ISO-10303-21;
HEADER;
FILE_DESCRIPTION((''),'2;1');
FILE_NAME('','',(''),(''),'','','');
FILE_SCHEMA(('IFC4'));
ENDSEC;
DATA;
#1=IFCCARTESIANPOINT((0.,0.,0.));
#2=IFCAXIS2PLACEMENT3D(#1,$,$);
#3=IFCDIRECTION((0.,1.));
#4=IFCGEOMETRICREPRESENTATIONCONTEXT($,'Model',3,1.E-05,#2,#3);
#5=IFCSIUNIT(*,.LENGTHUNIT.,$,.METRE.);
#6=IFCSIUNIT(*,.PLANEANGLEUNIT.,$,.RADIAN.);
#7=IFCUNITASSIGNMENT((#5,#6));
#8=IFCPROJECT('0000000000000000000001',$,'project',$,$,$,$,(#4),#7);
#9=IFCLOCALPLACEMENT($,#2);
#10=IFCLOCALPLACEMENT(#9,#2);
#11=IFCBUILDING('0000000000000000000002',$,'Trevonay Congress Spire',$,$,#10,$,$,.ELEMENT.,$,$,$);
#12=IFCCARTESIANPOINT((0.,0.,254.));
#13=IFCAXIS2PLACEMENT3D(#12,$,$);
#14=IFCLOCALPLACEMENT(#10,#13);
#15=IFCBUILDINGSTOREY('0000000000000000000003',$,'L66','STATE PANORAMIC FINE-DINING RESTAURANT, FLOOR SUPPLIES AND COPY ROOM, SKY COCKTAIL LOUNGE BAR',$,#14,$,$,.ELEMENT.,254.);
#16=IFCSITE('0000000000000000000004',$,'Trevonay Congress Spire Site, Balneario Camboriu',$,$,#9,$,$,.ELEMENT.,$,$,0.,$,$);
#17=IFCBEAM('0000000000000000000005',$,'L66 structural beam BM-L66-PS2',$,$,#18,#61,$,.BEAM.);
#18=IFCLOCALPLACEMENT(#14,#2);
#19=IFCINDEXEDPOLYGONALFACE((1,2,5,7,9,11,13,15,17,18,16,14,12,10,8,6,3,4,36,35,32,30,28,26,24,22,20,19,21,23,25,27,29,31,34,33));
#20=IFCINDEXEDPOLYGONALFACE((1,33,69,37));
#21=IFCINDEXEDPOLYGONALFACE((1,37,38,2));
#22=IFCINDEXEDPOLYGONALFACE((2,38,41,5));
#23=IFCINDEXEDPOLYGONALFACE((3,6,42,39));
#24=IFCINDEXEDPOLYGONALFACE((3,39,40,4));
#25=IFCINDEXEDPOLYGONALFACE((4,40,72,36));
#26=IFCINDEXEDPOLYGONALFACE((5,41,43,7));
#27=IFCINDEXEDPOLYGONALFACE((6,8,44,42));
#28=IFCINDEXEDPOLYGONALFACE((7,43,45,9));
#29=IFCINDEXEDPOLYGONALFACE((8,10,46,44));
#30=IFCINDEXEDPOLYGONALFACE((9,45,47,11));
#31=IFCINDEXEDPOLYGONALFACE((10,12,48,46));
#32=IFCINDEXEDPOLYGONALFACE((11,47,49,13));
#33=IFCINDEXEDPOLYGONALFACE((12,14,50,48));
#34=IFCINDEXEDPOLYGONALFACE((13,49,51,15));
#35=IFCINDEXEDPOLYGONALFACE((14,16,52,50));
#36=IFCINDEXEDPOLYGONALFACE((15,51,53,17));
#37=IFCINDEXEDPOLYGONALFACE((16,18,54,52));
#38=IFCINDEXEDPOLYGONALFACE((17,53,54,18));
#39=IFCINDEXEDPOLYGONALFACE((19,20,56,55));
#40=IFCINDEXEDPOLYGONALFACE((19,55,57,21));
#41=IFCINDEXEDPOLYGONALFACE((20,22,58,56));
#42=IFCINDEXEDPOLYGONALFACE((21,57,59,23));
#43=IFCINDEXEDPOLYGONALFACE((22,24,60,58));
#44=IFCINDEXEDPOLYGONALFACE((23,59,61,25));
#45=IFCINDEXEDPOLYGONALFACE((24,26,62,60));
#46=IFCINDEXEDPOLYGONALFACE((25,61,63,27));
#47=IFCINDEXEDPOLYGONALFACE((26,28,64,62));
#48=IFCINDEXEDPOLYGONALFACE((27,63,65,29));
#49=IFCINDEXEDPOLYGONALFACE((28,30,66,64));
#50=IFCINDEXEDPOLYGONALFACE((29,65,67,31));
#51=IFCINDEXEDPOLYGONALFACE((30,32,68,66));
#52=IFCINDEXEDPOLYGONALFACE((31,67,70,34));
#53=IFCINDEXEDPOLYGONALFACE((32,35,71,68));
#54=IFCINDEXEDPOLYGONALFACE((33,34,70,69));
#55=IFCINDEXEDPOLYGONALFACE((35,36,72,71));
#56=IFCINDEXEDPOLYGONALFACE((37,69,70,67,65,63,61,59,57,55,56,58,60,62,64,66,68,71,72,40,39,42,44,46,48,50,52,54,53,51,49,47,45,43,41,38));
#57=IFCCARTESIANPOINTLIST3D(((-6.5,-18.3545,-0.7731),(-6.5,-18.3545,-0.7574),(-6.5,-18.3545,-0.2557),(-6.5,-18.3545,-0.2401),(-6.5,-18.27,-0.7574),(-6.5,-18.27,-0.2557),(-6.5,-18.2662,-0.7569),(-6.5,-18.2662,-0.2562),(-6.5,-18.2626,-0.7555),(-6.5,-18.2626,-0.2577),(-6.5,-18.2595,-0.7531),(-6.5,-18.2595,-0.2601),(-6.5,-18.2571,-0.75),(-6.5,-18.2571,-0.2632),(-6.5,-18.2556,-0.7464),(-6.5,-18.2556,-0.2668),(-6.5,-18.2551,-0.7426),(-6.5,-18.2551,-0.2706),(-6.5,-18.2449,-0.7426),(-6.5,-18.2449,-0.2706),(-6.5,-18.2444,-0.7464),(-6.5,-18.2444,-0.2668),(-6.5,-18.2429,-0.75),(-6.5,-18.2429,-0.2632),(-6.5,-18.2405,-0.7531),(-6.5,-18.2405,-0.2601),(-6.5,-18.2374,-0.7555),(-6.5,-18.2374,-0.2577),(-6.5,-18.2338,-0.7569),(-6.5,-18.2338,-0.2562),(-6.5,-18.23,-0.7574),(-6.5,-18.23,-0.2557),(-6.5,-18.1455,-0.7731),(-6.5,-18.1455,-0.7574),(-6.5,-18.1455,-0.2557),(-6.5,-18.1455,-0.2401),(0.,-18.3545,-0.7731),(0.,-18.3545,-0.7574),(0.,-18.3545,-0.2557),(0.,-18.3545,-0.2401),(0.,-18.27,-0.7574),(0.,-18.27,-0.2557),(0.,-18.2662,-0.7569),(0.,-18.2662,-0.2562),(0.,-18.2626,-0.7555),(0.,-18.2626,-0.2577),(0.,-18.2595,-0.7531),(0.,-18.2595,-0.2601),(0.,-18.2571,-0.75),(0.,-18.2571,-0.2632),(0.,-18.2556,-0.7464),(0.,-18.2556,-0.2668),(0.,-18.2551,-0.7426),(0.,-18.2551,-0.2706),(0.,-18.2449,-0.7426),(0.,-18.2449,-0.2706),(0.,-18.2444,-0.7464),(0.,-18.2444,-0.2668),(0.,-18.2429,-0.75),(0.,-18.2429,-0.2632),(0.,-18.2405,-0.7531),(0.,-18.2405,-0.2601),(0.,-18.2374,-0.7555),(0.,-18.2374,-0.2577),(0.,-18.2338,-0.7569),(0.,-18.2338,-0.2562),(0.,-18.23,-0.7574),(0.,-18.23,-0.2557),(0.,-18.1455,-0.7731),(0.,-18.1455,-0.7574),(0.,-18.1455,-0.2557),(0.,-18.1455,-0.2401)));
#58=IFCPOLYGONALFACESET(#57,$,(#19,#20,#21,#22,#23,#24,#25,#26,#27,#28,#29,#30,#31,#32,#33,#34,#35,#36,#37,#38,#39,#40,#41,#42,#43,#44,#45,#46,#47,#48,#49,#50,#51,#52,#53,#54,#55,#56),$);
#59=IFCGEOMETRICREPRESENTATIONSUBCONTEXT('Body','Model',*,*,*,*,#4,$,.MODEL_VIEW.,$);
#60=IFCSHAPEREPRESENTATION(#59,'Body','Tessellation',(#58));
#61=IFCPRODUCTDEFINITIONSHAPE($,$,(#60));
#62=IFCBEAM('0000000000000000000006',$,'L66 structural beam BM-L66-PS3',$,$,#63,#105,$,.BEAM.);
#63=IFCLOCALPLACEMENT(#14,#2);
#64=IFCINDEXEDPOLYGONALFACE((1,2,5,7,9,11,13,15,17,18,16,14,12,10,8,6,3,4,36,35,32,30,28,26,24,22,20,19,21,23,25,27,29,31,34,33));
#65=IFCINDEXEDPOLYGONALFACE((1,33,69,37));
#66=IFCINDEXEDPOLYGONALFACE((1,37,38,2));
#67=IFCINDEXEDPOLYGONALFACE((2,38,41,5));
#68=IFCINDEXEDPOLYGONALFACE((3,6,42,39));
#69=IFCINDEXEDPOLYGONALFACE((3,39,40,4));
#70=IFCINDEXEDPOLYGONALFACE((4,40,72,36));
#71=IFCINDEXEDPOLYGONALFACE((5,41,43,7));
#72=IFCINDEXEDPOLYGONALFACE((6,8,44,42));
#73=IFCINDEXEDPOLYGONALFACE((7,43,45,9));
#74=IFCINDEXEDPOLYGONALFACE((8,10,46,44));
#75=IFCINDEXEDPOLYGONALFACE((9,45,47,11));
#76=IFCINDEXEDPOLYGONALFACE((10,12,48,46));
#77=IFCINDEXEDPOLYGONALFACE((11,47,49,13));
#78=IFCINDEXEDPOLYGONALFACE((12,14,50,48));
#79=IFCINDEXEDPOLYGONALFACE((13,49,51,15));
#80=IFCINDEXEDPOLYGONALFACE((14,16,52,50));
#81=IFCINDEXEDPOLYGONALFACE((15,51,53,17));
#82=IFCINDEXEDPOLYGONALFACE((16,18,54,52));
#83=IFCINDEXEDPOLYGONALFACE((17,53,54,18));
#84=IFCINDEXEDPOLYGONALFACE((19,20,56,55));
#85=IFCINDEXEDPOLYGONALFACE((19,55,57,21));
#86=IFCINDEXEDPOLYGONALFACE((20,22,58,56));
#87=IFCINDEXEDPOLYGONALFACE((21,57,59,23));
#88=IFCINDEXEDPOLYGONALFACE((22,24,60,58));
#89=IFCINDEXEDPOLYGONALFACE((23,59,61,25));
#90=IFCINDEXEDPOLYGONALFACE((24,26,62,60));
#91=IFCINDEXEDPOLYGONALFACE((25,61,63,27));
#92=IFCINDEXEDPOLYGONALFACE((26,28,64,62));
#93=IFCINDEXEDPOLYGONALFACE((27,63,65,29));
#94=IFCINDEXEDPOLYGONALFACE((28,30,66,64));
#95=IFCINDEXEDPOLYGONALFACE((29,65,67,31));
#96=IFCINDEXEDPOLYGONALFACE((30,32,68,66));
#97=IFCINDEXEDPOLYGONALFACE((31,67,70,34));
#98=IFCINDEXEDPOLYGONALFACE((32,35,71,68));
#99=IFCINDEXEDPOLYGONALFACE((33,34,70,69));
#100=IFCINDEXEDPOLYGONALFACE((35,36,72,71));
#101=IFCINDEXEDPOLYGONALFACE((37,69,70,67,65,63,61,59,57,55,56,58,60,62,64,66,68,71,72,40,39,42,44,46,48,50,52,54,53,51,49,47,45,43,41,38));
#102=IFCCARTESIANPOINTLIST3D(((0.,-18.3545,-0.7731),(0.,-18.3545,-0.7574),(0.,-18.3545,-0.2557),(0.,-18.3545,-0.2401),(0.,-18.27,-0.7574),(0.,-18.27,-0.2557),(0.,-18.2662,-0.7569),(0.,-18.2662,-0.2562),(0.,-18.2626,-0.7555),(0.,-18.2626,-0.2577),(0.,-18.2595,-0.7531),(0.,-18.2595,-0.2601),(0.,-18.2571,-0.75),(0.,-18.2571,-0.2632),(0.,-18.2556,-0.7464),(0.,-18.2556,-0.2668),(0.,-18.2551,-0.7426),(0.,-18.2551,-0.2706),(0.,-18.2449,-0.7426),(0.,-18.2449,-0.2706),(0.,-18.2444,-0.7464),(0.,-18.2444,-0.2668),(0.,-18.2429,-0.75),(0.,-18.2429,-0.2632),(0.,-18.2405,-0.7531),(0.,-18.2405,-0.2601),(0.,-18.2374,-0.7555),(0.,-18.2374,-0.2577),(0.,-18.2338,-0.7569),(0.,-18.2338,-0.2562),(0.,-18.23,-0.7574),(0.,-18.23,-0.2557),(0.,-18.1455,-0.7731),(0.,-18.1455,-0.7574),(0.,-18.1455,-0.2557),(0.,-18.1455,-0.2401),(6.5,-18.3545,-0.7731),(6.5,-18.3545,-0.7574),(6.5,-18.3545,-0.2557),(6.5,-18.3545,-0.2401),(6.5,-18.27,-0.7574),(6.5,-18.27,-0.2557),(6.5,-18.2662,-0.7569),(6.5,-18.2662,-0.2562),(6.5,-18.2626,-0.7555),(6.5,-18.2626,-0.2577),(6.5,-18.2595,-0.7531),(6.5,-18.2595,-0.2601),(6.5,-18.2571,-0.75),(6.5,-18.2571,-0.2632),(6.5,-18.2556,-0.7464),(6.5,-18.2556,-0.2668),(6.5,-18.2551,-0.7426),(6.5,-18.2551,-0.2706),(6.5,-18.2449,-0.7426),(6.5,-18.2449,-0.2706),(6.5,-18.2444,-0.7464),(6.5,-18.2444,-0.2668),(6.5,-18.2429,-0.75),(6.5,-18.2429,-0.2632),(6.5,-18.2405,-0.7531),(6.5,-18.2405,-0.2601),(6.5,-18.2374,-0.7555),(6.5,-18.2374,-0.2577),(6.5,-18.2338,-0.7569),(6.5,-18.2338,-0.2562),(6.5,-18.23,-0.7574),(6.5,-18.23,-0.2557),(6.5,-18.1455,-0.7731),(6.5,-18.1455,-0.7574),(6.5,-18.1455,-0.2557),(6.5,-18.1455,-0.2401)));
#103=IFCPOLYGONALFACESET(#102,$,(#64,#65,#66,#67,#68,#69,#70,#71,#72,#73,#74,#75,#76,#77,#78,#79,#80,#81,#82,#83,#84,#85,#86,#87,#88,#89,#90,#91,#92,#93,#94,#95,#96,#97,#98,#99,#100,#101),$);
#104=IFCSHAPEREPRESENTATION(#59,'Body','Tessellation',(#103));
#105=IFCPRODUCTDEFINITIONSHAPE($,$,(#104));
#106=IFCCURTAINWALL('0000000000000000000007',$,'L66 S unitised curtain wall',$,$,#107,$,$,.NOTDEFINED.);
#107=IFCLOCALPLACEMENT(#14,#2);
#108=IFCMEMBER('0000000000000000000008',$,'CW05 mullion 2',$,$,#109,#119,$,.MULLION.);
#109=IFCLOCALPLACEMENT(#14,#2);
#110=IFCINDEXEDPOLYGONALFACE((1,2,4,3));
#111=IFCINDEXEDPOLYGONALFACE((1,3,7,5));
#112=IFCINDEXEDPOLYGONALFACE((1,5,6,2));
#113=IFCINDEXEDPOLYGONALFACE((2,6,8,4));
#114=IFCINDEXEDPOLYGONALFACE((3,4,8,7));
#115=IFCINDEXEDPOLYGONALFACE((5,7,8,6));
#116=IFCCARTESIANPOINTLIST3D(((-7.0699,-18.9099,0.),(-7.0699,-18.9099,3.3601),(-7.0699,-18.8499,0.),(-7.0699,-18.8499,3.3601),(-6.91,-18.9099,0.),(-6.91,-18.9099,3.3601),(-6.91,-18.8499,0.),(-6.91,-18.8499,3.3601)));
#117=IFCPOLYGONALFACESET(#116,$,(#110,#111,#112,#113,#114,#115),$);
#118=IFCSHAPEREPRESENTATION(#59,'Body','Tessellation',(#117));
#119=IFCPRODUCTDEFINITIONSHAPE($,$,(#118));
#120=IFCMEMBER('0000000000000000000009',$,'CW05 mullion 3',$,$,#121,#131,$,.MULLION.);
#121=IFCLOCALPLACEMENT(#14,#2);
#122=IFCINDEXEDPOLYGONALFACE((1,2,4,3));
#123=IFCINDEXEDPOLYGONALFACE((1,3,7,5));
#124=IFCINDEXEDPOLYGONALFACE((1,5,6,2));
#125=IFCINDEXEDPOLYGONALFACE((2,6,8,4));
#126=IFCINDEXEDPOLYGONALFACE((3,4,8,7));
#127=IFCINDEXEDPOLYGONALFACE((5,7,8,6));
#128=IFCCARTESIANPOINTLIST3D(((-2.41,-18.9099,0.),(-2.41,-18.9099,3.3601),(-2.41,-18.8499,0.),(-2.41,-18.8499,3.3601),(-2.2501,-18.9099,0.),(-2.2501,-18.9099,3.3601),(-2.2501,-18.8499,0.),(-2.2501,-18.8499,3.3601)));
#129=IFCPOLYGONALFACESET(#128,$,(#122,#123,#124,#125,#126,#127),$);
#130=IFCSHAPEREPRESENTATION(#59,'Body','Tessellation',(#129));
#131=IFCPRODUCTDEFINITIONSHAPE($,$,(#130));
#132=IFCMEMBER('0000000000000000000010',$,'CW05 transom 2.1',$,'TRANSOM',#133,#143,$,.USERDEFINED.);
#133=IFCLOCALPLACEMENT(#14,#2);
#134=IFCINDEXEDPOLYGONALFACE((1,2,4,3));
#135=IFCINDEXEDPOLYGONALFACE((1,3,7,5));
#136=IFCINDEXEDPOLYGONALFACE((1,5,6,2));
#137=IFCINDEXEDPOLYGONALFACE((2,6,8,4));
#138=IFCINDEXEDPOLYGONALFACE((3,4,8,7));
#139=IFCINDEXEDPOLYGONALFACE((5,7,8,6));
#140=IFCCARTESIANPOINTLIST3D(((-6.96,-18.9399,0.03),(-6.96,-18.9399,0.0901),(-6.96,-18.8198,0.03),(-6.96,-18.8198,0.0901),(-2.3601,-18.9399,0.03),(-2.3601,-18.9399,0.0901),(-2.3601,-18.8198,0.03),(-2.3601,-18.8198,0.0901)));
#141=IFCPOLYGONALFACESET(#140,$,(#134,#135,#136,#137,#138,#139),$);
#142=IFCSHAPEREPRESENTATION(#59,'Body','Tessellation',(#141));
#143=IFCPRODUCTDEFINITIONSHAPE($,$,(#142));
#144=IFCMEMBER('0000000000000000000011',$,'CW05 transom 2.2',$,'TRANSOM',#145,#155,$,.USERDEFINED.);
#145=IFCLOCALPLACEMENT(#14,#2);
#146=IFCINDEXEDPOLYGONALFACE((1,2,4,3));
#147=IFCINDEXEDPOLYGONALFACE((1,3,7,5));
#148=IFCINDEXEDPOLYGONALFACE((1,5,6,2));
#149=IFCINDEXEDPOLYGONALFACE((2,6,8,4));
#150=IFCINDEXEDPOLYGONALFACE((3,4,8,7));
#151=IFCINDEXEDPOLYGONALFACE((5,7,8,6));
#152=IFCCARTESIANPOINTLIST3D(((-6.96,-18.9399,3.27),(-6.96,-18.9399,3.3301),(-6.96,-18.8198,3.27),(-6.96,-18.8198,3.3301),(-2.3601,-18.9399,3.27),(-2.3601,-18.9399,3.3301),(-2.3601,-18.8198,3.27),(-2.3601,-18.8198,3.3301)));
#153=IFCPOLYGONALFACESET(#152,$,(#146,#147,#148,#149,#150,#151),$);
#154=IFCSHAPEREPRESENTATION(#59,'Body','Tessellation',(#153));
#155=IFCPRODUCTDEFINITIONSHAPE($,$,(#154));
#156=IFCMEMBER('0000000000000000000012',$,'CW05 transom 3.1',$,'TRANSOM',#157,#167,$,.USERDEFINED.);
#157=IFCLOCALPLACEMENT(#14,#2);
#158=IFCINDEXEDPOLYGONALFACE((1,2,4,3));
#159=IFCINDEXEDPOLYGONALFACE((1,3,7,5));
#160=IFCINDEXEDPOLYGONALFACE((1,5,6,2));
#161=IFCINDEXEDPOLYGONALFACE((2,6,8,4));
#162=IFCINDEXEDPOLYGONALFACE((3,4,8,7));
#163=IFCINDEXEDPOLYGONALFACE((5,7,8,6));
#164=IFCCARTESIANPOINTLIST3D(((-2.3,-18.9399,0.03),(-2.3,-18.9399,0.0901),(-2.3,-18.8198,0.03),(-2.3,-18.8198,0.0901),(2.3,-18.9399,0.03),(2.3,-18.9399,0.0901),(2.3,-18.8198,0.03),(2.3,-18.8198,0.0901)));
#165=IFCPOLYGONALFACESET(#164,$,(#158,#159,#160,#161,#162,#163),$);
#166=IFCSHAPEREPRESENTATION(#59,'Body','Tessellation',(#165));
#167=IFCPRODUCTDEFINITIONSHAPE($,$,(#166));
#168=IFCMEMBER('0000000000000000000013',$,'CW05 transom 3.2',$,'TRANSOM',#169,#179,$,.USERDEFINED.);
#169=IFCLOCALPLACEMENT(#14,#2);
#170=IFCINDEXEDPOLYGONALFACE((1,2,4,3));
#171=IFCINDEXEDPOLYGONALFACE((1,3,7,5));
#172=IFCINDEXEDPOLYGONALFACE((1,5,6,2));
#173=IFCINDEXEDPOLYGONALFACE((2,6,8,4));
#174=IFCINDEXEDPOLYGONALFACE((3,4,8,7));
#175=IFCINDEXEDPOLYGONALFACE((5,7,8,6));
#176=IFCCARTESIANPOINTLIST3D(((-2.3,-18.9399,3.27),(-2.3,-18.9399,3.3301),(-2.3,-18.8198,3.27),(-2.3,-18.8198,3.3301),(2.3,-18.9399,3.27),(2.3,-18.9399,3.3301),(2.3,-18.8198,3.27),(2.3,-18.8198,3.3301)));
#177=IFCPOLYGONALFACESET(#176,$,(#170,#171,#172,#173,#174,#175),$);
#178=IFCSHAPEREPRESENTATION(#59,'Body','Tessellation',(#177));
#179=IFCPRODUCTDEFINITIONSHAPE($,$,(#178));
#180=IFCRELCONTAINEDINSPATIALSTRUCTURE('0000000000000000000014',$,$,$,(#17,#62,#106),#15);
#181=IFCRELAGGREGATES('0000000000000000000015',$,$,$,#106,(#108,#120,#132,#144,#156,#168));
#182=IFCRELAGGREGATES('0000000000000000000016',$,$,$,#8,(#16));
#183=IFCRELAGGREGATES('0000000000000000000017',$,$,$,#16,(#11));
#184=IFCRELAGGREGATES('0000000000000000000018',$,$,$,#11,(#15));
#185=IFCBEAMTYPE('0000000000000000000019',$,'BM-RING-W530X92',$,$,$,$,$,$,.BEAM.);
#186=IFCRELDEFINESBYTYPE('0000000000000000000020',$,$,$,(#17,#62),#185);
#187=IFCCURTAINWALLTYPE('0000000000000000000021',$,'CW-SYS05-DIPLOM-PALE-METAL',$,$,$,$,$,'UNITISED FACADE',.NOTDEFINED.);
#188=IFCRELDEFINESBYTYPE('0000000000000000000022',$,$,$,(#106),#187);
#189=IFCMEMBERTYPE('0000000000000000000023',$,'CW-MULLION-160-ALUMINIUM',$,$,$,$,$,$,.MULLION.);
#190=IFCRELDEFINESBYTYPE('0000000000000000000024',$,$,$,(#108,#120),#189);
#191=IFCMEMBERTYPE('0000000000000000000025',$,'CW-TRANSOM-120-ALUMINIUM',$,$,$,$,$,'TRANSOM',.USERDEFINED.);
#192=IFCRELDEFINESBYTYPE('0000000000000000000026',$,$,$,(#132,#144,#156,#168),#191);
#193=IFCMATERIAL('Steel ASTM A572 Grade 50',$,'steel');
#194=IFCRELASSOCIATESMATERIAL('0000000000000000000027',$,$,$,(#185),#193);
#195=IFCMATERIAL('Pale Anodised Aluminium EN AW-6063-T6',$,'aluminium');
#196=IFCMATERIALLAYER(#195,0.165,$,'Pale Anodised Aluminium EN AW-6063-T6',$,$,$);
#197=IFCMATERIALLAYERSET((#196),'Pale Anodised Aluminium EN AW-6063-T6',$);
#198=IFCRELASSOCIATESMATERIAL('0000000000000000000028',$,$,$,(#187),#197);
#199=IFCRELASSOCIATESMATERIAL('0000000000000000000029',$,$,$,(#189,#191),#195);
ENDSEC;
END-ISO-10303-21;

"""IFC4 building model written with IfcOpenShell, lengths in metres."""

from ifc_helpers import new_model, si_unit, direction, frame, origin, origin_2d, place, context, subcontext, project, spatial, rectangle, i_section, extrude, material, layer, layer_set, material_profile, profile_set, type_object, element, aggregate, save


model = new_model("IFC4")

# Units and contexts
model_context = context("Model", 3, precision=1e-05, world=origin(), true_north=direction((0.0, 1.0)))
body_context = subcontext(model_context, "Body", "Model", "MODEL_VIEW")
ifc_project = project(units=[si_unit("LENGTHUNIT", "METRE"), si_unit("PLANEANGLEUNIT", "RADIAN")], contexts=[model_context])

# Site, building, storey
site_placement = place(None, origin())
site = spatial("IfcSite", under=ifc_project, at=site_placement, Name="Trevonay Congress Spire Site, Balneario Camboriu", CompositionType="ELEMENT", RefElevation=0.0)
building_placement = place(site_placement, origin())
building = spatial("IfcBuilding", under=site, at=building_placement, Name="Trevonay Congress Spire", CompositionType="ELEMENT")
storey_placement = place(building_placement, frame((0.0, 0.0, 254.0)))
storey = spatial("IfcBuildingStorey", under=building, at=storey_placement, Name="L66", Description="STATE PANORAMIC FINE-DINING RESTAURANT, FLOOR SUPPLIES AND COPY ROOM, SKY COCKTAIL LOUNGE BAR", CompositionType="ELEMENT", Elevation=254.0)

# Shared definitions
ifc_material_1 = material(Name="Steel ASTM A572 Grade 50", Category="steel")

# Beams
ifc_material_profile_1 = material_profile(ifc_material_1, i_section(OverallWidth=0.209, OverallDepth=0.533, WebThickness=0.0103, FlangeThickness=0.0156, FilletRadius=0.0149, at=origin_2d()), Name="W530x92")
ifc_profile_set_1 = profile_set([ifc_material_profile_1], Name="Steel ASTM A572 Grade 50")
beam_type_1 = type_object("IfcBeamType", Name="BM-RING-W530X92", PredefinedType="BEAM", material=ifc_profile_set_1)
for number, where, z_axis, x_axis, name in (
    (1, (-6.5, -18.25, -0.5066), (1.0, 0.0, 0.0), (0.0, 1.0, 0.0), "L66 structural beam BM-L66-PS2"),
    (2, (0.0, -18.25, -0.5066), (1.0, 0.0, 0.0), (0.0, 1.0, 0.0), "L66 structural beam BM-L66-PS3"),
):
    element("IfcBeam", number, at=place(storey_placement, frame(where, z_axis=z_axis, x_axis=x_axis)), inside=storey, type_object=beam_type_1, Name=name, PredefinedType="BEAM", context=body_context, shape_type="SweptSolid", body=[
        extrude(i_section(OverallWidth=0.209, OverallDepth=0.533, WebThickness=0.0103, FlangeThickness=0.0156, FilletRadius=0.0149, at=origin_2d()), origin(), (0.0, 0.0, 1.0), 6.5),
    ])

# Curtain wall, members
ifc_material_2 = material(Name="Pale Anodised Aluminium EN AW-6063-T6", Category="aluminium")
ifc_layer_1 = layer(ifc_material_2, 0.165, Name="Pale Anodised Aluminium EN AW-6063-T6")
ifc_layer_set_1 = layer_set([ifc_layer_1], Name="Pale Anodised Aluminium EN AW-6063-T6")
curtain_wall_type = type_object("IfcCurtainWallType", Name="CW-SYS05-DIPLOM-PALE-METAL", ElementType="UNITISED FACADE", PredefinedType="NOTDEFINED", material=ifc_layer_set_1)
curtain_wall_placement = place(storey_placement, origin())
curtain_wall = element("IfcCurtainWall", 3, at=curtain_wall_placement, inside=storey, type_object=curtain_wall_type, Name="L66 S unitised curtain wall", PredefinedType="NOTDEFINED")
ifc_material_profile_2 = material_profile(ifc_material_2, rectangle(XDim=0.0601, YDim=0.1599, at=origin_2d()), Name="CW-MULLION-160-ALUMINIUM")
ifc_profile_set_2 = profile_set([ifc_material_profile_2], Name="Pale Anodised Aluminium EN AW-6063-T6")
member_type_1 = type_object("IfcMemberType", Name="CW-MULLION-160-ALUMINIUM", PredefinedType="MULLION", material=ifc_profile_set_2)
member_1_placement = place(storey_placement, frame((-6.99, -18.8799, 0.0), z_axis=(0.0, 0.0, 1.0), x_axis=(0.0, 1.0, 0.0)))
member_1 = element("IfcMember", 4, at=member_1_placement, type_object=member_type_1, Name="CW05 mullion 2", PredefinedType="MULLION", context=body_context, shape_type="SweptSolid", body=[
    extrude(rectangle(XDim=0.0601, YDim=0.1599, at=origin_2d()), origin(), (0.0, 0.0, 1.0), 3.3601),
])
member_2_placement = place(storey_placement, frame((-2.3301, -18.8799, 0.0), z_axis=(0.0, 0.0, 1.0), x_axis=(0.0, 1.0, 0.0)))
member_2 = element("IfcMember", 5, at=member_2_placement, type_object=member_type_1, Name="CW05 mullion 3", PredefinedType="MULLION", context=body_context, shape_type="SweptSolid", body=[
    extrude(rectangle(XDim=0.0601, YDim=0.1599, at=origin_2d()), origin(), (0.0, 0.0, 1.0), 3.3601),
])
ifc_material_profile_3 = material_profile(ifc_material_2, rectangle(XDim=0.1201, YDim=0.0601, at=origin_2d()), Name="CW-TRANSOM-120-ALUMINIUM")
ifc_profile_set_3 = profile_set([ifc_material_profile_3], Name="Pale Anodised Aluminium EN AW-6063-T6")
member_type_2 = type_object("IfcMemberType", Name="CW-TRANSOM-120-ALUMINIUM", ElementType="TRANSOM", PredefinedType="USERDEFINED", material=ifc_profile_set_3)
member_3_placement = place(storey_placement, frame((-6.96, -18.8799, 0.0601), z_axis=(1.0, 0.0, 0.0), x_axis=(0.0, 1.0, 0.0)))
member_3 = element("IfcMember", 6, at=member_3_placement, type_object=member_type_2, Name="CW05 transom 2.1", ObjectType="TRANSOM", PredefinedType="USERDEFINED", context=body_context, shape_type="SweptSolid", body=[
    extrude(rectangle(XDim=0.1201, YDim=0.0601, at=origin_2d()), origin(), (0.0, 0.0, 1.0), 4.5999),
])
member_4_placement = place(storey_placement, frame((-6.96, -18.8799, 3.3), z_axis=(1.0, 0.0, 0.0), x_axis=(0.0, 1.0, 0.0)))
member_4 = element("IfcMember", 7, at=member_4_placement, type_object=member_type_2, Name="CW05 transom 2.2", ObjectType="TRANSOM", PredefinedType="USERDEFINED", context=body_context, shape_type="SweptSolid", body=[
    extrude(rectangle(XDim=0.1201, YDim=0.0601, at=origin_2d()), origin(), (0.0, 0.0, 1.0), 4.5999),
])
member_5_placement = place(storey_placement, frame((-2.3, -18.8799, 0.0601), z_axis=(1.0, 0.0, 0.0), x_axis=(0.0, 1.0, 0.0)))
member_5 = element("IfcMember", 8, at=member_5_placement, type_object=member_type_2, Name="CW05 transom 3.1", ObjectType="TRANSOM", PredefinedType="USERDEFINED", context=body_context, shape_type="SweptSolid", body=[
    extrude(rectangle(XDim=0.1201, YDim=0.0601, at=origin_2d()), origin(), (0.0, 0.0, 1.0), 4.6001),
])
member_6_placement = place(storey_placement, frame((-2.3, -18.8799, 3.3), z_axis=(1.0, 0.0, 0.0), x_axis=(0.0, 1.0, 0.0)))
member_6 = element("IfcMember", 9, at=member_6_placement, type_object=member_type_2, Name="CW05 transom 3.2", ObjectType="TRANSOM", PredefinedType="USERDEFINED", context=body_context, shape_type="SweptSolid", body=[
    extrude(rectangle(XDim=0.1201, YDim=0.0601, at=origin_2d()), origin(), (0.0, 0.0, 1.0), 4.6001),
])

aggregate(curtain_wall, [member_1, member_2, member_3, member_4, member_5, member_6])

save(model, "model.ifc")
